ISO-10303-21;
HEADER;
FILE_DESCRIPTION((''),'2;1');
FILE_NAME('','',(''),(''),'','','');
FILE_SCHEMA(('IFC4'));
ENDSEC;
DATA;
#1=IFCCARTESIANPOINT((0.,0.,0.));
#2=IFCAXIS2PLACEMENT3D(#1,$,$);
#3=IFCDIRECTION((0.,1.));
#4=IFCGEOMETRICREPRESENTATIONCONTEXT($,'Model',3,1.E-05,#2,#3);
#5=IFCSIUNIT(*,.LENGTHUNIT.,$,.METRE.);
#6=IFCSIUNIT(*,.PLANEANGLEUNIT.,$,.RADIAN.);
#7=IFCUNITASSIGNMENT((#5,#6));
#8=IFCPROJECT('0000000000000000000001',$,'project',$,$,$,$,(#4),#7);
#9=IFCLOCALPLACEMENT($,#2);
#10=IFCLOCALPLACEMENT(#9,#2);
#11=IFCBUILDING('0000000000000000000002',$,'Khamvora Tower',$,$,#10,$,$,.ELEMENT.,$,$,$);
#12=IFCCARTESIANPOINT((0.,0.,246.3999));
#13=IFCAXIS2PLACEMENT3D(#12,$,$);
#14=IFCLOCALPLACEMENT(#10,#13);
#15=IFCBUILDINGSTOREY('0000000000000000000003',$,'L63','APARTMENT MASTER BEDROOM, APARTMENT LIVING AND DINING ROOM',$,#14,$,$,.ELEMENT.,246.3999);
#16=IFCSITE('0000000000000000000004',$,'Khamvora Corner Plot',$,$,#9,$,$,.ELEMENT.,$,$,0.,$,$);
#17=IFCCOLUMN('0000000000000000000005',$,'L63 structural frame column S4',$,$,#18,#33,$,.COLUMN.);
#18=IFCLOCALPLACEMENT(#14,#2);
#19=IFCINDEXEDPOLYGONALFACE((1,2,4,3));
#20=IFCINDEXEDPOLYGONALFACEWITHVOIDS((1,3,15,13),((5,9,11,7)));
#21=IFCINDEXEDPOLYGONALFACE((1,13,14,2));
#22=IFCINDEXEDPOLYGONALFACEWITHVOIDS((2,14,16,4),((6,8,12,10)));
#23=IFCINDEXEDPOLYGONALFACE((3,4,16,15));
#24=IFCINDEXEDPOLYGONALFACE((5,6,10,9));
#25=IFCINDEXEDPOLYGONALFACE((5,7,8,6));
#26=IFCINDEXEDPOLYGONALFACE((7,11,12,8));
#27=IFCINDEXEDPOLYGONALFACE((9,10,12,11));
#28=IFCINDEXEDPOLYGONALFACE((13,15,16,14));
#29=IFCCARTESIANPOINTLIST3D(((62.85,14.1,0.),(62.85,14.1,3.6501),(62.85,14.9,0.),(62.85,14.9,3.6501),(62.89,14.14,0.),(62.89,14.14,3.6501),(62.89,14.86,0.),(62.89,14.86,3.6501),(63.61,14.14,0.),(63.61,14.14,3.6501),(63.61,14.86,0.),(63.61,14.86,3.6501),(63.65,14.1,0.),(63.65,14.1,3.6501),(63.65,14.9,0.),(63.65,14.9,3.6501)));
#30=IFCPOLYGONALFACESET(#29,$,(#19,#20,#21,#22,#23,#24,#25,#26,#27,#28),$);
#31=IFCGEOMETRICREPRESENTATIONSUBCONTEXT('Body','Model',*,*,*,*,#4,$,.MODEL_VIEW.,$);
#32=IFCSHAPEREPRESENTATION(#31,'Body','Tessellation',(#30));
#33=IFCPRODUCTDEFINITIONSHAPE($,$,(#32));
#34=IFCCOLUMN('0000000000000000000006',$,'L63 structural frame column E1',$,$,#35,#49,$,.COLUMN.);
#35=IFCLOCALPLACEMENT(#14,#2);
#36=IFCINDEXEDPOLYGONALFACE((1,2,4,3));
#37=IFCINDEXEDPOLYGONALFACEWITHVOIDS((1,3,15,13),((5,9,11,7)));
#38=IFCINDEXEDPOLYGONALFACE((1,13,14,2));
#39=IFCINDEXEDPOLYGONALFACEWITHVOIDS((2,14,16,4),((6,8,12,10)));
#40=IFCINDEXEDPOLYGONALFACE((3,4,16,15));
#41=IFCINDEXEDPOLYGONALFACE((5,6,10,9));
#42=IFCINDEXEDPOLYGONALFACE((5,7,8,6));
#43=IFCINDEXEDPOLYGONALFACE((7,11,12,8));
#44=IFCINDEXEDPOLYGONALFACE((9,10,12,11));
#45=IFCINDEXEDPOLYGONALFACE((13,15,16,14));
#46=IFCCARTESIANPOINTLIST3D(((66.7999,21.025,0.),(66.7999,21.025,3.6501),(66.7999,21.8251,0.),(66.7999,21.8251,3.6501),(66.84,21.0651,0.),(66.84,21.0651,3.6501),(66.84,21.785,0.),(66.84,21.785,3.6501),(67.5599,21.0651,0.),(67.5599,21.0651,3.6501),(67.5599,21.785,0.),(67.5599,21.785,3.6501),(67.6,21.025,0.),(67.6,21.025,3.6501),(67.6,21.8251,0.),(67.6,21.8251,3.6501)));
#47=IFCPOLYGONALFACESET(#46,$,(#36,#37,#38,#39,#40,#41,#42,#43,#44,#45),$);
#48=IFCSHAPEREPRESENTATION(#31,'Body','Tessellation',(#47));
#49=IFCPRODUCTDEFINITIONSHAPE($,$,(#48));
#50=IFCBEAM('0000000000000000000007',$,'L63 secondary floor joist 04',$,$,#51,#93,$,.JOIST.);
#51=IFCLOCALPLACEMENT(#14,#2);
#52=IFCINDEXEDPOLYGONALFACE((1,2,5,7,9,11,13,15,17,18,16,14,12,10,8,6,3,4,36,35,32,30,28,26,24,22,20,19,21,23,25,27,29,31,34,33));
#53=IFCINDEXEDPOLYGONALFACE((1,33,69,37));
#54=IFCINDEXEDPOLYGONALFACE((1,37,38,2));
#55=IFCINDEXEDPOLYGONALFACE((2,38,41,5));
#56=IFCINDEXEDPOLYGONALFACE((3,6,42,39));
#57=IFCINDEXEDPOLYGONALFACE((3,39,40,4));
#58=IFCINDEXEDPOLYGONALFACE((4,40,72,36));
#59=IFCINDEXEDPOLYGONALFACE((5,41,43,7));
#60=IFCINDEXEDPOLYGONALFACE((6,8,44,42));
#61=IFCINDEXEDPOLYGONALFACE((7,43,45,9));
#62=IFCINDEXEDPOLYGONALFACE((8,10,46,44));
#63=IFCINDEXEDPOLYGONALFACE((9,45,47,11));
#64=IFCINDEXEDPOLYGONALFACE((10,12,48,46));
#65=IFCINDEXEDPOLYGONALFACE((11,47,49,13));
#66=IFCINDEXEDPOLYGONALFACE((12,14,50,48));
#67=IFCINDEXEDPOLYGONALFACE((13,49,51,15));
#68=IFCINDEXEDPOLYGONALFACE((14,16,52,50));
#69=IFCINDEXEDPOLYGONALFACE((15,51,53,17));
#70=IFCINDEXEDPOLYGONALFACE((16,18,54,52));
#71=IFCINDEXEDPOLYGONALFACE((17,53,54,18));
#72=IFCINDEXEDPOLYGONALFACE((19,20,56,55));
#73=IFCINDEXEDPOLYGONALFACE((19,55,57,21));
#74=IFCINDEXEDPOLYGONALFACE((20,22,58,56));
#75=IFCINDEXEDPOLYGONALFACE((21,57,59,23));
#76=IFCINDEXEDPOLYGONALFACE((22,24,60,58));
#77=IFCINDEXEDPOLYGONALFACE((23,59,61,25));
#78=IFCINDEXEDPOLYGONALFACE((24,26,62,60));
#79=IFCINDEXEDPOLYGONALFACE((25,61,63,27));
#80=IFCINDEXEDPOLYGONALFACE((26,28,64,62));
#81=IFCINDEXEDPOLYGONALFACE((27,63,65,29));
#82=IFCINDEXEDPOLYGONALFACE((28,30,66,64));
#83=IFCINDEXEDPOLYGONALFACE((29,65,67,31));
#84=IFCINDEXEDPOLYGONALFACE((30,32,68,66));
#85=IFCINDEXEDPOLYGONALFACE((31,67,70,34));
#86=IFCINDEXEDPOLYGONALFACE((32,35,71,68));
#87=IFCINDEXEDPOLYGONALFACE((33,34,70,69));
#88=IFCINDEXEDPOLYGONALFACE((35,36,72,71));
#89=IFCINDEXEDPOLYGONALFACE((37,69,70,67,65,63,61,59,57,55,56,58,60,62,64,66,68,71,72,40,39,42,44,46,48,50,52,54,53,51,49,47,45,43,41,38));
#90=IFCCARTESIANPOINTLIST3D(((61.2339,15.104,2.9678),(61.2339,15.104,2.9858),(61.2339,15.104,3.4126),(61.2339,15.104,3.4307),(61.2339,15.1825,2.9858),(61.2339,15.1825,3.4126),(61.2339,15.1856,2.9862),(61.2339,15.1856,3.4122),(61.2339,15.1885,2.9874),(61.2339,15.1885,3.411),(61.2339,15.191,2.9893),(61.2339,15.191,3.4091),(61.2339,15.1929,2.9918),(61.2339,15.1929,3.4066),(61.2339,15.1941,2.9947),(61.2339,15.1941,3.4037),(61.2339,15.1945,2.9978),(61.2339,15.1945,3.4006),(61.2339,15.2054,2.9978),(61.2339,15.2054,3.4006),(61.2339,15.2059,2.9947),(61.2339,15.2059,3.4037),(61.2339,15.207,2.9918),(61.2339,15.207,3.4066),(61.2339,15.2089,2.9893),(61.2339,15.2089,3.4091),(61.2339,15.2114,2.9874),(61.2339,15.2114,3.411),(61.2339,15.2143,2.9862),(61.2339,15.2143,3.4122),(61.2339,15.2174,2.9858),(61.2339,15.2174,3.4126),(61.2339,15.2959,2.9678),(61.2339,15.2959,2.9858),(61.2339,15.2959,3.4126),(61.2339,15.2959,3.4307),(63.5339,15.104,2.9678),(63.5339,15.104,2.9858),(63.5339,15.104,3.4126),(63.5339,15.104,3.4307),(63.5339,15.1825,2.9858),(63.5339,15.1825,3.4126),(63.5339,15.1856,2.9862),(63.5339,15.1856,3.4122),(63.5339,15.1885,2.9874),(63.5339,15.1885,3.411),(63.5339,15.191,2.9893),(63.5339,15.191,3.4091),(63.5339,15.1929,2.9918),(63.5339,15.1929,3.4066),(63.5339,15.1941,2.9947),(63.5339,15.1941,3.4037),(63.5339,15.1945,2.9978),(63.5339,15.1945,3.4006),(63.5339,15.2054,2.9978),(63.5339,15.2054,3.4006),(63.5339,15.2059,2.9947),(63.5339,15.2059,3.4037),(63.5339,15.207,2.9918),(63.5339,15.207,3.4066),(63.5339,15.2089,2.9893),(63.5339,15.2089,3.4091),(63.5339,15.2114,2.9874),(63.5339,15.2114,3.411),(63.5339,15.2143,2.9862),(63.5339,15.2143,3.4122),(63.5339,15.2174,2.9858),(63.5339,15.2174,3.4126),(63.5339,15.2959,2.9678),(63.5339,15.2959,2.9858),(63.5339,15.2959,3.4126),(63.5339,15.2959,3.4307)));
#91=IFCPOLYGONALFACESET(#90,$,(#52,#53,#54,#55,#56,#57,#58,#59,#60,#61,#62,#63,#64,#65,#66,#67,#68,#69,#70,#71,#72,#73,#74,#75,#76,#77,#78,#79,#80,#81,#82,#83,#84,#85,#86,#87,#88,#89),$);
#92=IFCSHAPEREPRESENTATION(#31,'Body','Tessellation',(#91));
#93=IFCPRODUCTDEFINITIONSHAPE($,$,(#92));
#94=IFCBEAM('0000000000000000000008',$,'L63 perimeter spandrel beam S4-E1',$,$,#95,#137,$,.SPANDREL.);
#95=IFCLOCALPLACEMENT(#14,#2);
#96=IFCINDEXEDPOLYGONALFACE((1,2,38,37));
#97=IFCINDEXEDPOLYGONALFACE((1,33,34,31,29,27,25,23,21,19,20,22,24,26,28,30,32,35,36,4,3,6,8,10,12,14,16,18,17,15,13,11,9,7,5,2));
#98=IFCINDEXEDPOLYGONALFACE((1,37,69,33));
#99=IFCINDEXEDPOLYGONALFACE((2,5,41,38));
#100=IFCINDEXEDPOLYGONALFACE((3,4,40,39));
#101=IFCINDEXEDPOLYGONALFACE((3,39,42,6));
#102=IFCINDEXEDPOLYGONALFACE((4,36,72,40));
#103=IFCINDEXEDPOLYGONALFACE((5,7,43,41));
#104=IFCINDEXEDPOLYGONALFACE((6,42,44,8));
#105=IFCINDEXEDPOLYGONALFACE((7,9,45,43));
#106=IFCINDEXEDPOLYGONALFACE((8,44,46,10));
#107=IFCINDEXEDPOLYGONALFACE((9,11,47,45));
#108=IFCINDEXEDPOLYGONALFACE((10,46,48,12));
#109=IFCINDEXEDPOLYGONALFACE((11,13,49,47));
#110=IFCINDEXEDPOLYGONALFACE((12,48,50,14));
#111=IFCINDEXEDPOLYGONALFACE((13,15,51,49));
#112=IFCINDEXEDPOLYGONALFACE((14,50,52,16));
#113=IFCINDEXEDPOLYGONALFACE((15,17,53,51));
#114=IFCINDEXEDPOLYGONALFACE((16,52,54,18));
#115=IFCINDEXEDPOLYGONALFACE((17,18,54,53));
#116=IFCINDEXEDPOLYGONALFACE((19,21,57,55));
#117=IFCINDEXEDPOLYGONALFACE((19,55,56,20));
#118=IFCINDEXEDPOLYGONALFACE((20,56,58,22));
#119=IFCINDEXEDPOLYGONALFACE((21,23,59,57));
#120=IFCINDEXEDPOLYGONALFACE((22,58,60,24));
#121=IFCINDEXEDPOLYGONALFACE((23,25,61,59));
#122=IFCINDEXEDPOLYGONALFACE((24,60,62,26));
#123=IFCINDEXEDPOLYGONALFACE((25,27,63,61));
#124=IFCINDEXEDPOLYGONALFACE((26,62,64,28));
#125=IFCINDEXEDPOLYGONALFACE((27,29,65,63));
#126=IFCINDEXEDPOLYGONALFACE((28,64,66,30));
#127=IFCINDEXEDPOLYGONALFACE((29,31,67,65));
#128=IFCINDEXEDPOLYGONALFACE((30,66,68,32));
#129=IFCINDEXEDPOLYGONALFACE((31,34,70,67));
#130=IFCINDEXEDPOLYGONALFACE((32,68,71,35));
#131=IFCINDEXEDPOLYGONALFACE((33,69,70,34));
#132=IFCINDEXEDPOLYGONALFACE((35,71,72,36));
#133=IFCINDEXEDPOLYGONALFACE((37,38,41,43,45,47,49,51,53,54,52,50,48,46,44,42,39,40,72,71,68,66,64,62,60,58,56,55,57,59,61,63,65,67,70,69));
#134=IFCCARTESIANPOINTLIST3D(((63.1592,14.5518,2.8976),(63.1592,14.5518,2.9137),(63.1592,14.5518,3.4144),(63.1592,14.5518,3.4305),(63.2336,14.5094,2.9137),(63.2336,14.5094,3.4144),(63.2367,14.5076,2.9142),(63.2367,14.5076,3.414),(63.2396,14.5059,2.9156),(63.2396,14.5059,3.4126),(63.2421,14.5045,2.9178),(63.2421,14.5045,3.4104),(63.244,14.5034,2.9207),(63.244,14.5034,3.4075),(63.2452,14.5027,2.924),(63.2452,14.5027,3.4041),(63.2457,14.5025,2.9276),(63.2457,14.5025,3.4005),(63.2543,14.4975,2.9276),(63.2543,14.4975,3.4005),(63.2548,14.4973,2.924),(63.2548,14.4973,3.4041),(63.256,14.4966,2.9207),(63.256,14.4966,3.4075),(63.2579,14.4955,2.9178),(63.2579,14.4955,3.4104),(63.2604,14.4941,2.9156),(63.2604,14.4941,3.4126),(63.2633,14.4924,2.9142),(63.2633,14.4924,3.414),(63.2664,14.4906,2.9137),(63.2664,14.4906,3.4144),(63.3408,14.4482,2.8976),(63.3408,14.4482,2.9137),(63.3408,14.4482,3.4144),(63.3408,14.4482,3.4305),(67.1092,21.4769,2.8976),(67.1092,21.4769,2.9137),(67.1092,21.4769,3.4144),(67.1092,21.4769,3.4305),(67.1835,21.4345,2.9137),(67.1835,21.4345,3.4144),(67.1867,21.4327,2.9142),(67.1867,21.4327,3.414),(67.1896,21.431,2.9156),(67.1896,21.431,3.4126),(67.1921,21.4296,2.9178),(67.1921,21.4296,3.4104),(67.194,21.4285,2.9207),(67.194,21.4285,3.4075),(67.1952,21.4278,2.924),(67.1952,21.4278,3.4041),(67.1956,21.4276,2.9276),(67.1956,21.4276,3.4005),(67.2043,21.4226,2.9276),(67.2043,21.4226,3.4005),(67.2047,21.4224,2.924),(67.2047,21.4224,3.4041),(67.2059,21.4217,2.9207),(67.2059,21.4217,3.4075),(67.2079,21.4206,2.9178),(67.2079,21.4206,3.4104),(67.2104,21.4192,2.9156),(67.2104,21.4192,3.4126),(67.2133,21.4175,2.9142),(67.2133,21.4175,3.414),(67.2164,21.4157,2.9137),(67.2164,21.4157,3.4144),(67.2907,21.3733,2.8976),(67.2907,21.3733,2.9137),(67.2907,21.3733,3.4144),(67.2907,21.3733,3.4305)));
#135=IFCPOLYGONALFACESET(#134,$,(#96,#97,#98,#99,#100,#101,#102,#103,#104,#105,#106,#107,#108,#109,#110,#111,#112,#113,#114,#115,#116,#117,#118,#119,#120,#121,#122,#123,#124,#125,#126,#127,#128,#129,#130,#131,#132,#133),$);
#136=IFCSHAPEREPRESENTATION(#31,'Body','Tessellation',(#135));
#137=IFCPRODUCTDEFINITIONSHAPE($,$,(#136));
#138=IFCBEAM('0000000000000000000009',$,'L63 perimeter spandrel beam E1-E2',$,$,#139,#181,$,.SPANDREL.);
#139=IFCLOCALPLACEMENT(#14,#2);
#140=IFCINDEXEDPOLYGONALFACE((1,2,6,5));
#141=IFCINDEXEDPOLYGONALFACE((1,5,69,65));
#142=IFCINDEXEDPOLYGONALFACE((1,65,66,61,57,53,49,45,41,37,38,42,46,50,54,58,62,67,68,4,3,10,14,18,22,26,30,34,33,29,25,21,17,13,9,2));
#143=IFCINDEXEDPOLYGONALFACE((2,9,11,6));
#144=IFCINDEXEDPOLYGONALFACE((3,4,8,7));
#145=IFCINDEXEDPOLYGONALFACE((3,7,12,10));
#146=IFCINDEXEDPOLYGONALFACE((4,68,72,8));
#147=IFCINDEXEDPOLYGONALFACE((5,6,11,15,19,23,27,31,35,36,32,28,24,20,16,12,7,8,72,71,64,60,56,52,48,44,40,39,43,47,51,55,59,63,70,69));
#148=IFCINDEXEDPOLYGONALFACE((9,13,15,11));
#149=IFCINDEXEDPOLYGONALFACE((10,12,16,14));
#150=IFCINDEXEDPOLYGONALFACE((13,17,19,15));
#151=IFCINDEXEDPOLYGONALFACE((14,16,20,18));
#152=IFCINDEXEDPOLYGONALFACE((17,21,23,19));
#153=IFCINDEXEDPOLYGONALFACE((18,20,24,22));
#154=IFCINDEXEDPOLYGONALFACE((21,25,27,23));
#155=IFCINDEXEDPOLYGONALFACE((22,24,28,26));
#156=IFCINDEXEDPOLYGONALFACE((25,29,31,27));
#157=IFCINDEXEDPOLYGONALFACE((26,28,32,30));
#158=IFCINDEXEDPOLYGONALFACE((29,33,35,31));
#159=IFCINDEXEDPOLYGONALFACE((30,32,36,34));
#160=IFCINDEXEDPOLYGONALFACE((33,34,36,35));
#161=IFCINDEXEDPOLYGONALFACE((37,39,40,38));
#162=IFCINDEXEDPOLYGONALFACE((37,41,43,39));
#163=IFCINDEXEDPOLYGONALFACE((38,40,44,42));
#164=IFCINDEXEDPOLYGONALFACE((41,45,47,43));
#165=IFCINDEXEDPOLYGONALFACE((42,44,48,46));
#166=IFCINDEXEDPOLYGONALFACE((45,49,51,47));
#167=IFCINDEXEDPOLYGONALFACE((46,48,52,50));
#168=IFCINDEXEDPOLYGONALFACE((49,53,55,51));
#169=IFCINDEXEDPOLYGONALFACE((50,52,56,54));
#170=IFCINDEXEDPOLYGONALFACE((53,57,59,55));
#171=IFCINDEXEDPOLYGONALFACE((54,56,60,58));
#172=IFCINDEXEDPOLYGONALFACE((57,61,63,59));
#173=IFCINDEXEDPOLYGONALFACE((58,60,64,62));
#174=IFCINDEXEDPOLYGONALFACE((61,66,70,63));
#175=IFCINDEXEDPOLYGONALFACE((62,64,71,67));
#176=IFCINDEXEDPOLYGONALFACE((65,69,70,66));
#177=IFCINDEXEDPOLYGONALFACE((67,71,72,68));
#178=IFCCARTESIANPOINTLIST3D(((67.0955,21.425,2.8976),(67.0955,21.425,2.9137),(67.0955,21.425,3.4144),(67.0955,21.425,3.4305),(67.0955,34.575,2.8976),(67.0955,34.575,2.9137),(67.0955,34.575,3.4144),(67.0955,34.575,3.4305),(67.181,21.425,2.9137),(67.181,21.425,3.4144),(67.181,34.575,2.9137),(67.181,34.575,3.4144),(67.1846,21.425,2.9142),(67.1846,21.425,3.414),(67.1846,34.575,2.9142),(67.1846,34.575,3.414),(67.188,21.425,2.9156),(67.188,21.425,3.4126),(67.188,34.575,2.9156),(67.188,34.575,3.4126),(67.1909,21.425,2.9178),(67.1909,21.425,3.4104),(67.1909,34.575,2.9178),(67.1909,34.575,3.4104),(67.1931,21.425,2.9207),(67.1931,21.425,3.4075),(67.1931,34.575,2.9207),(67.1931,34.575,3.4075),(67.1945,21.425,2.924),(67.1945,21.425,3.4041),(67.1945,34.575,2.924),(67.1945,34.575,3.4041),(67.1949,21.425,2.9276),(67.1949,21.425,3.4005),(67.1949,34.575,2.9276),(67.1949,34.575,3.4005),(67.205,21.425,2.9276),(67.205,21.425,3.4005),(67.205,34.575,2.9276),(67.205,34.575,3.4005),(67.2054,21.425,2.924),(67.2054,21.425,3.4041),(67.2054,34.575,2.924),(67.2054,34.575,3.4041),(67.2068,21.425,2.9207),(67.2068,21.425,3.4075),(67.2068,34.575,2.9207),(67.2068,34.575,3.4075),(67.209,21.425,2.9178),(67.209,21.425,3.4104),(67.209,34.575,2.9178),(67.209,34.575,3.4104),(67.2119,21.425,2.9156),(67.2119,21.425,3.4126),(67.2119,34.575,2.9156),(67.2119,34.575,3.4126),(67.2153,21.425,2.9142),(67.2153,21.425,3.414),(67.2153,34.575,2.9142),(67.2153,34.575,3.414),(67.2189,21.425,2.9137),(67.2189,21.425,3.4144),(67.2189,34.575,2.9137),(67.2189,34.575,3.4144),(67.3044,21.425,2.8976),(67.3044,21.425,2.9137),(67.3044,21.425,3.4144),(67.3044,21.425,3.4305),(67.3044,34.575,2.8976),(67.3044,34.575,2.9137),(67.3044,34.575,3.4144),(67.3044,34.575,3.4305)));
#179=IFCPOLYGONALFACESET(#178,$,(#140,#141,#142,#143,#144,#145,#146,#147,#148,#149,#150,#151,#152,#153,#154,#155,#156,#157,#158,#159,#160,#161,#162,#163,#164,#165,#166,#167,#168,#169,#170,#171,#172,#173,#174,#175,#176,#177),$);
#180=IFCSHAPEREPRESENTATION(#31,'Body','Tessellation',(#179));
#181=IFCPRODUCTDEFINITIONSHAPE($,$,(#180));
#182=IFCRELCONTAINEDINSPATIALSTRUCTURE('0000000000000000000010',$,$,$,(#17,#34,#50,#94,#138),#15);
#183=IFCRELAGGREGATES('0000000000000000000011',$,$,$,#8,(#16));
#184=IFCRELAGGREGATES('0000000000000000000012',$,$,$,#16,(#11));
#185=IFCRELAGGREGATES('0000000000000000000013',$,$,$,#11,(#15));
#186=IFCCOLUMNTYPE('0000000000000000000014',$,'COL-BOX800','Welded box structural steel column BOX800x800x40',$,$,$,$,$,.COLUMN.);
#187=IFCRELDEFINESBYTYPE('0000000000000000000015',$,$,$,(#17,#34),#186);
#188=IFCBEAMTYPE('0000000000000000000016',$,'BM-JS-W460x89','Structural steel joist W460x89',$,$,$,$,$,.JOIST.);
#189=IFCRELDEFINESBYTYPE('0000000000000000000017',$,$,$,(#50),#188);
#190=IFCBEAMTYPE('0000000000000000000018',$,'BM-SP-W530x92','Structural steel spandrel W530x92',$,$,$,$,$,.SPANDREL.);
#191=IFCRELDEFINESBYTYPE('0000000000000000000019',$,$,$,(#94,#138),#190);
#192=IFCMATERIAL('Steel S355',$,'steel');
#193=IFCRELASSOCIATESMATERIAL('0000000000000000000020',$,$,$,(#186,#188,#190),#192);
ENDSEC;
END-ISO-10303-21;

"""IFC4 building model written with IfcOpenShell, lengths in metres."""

from ifc_helpers import new_model, si_unit, direction, frame, origin, origin_2d, place, context, subcontext, project, spatial, hollow_rectangle, i_section, extrude, material, material_profile, profile_set, type_object, element, save


model = new_model("IFC4")

# Units and contexts
model_context = context("Model", 3, precision=1e-05, world=origin(), true_north=direction((0.0, 1.0)))
body_context = subcontext(model_context, "Body", "Model", "MODEL_VIEW")
ifc_project = project(units=[si_unit("LENGTHUNIT", "METRE"), si_unit("PLANEANGLEUNIT", "RADIAN")], contexts=[model_context])

# Site, building, storey
site_placement = place(None, origin())
site = spatial("IfcSite", under=ifc_project, at=site_placement, Name="Khamvora Corner Plot", CompositionType="ELEMENT", RefElevation=0.0)
building_placement = place(site_placement, origin())
building = spatial("IfcBuilding", under=site, at=building_placement, Name="Khamvora Tower", CompositionType="ELEMENT")
storey_placement = place(building_placement, frame((0.0, 0.0, 246.3999)))
storey = spatial("IfcBuildingStorey", under=building, at=storey_placement, Name="L63", Description="APARTMENT MASTER BEDROOM, APARTMENT LIVING AND DINING ROOM", CompositionType="ELEMENT", Elevation=246.3999)

# Columns
ifc_material_1 = material(Name="Steel S355", Category="steel")
ifc_material_profile_1 = material_profile(ifc_material_1, hollow_rectangle(XDim=0.8, YDim=0.8, WallThickness=0.04, at=origin_2d()), Name="BOX800x800x40")
ifc_profile_set_1 = profile_set([ifc_material_profile_1], Name="Steel S355")
column_type = type_object("IfcColumnType", Name="COL-BOX800", Description="Welded box structural steel column BOX800x800x40", PredefinedType="COLUMN", material=ifc_profile_set_1)
for number, where, z_axis, x_axis, name in (
    (1, (63.25, 14.5, 0.0), (0.0, 0.0, 1.0), (1.0, 0.0, 0.0), "L63 structural frame column S4"),
    (2, (67.2, 21.425, 0.0), (0.0, 0.0, 1.0), (1.0, 0.0, 0.0), "L63 structural frame column E1"),
):
    element("IfcColumn", number, at=place(storey_placement, frame(where, z_axis=z_axis, x_axis=x_axis)), inside=storey, type_object=column_type, Name=name, PredefinedType="COLUMN", context=body_context, shape_type="SweptSolid", body=[
        extrude(hollow_rectangle(XDim=0.8, YDim=0.8, WallThickness=0.04, at=origin_2d()), origin(), (0.0, 0.0, 1.0), 3.6501),
    ])

# Beams
ifc_material_profile_2 = material_profile(ifc_material_1, i_section(OverallWidth=0.1919, OverallDepth=0.4629, WebThickness=0.011, FlangeThickness=0.0181, FilletRadius=0.012, at=origin_2d()), Name="W460x89")
ifc_profile_set_2 = profile_set([ifc_material_profile_2], Name="Steel S355")
beam_type_1 = type_object("IfcBeamType", Name="BM-JS-W460x89", Description="Structural steel joist W460x89", PredefinedType="JOIST", material=ifc_profile_set_2)
beam_1_placement = place(storey_placement, frame((61.2339, 15.2, 3.1992), z_axis=(1.0, 0.0, 0.0), x_axis=(0.0, 1.0, 0.0)))
element("IfcBeam", 3, at=beam_1_placement, inside=storey, type_object=beam_type_1, Name="L63 secondary floor joist 04", PredefinedType="JOIST", context=body_context, shape_type="SweptSolid", body=[
    extrude(i_section(OverallWidth=0.1919, OverallDepth=0.4629, WebThickness=0.011, FlangeThickness=0.0181, FilletRadius=0.012, at=origin_2d()), origin(), (0.0, 0.0, 1.0), 2.3),
])
ifc_material_profile_3 = material_profile(ifc_material_1, i_section(OverallWidth=0.209, OverallDepth=0.533, WebThickness=0.01, FlangeThickness=0.0161, FilletRadius=0.0139, at=origin_2d()), Name="W530x92")
ifc_profile_set_3 = profile_set([ifc_material_profile_3], Name="Steel S355")
beam_type_2 = type_object("IfcBeamType", Name="BM-SP-W530x92", Description="Structural steel spandrel W530x92", PredefinedType="SPANDREL", material=ifc_profile_set_3)
beam_2_placement = place(storey_placement, frame((63.25, 14.5, 3.1641), z_axis=(0.495456, 0.868633, 0.0), x_axis=(-0.868633, 0.495456, 0.0)))
element("IfcBeam", 4, at=beam_2_placement, inside=storey, type_object=beam_type_2, Name="L63 perimeter spandrel beam S4-E1", PredefinedType="SPANDREL", context=body_context, shape_type="SweptSolid", body=[
    extrude(i_section(OverallWidth=0.209, OverallDepth=0.533, WebThickness=0.01, FlangeThickness=0.0161, FilletRadius=0.0139, at=origin_2d()), origin(), (0.0, 0.0, 1.0), 7.9724),
])
beam_3_placement = place(storey_placement, frame((67.2, 21.425, 3.1641), z_axis=(0.0, 1.0, 0.0), x_axis=(-1.0, 0.0, 0.0)))
element("IfcBeam", 5, at=beam_3_placement, inside=storey, type_object=beam_type_2, Name="L63 perimeter spandrel beam E1-E2", PredefinedType="SPANDREL", context=body_context, shape_type="SweptSolid", body=[
    extrude(i_section(OverallWidth=0.209, OverallDepth=0.533, WebThickness=0.01, FlangeThickness=0.0161, FilletRadius=0.0139, at=origin_2d()), origin(), (0.0, 0.0, 1.0), 13.1499),
])

save(model, "model.ifc")
